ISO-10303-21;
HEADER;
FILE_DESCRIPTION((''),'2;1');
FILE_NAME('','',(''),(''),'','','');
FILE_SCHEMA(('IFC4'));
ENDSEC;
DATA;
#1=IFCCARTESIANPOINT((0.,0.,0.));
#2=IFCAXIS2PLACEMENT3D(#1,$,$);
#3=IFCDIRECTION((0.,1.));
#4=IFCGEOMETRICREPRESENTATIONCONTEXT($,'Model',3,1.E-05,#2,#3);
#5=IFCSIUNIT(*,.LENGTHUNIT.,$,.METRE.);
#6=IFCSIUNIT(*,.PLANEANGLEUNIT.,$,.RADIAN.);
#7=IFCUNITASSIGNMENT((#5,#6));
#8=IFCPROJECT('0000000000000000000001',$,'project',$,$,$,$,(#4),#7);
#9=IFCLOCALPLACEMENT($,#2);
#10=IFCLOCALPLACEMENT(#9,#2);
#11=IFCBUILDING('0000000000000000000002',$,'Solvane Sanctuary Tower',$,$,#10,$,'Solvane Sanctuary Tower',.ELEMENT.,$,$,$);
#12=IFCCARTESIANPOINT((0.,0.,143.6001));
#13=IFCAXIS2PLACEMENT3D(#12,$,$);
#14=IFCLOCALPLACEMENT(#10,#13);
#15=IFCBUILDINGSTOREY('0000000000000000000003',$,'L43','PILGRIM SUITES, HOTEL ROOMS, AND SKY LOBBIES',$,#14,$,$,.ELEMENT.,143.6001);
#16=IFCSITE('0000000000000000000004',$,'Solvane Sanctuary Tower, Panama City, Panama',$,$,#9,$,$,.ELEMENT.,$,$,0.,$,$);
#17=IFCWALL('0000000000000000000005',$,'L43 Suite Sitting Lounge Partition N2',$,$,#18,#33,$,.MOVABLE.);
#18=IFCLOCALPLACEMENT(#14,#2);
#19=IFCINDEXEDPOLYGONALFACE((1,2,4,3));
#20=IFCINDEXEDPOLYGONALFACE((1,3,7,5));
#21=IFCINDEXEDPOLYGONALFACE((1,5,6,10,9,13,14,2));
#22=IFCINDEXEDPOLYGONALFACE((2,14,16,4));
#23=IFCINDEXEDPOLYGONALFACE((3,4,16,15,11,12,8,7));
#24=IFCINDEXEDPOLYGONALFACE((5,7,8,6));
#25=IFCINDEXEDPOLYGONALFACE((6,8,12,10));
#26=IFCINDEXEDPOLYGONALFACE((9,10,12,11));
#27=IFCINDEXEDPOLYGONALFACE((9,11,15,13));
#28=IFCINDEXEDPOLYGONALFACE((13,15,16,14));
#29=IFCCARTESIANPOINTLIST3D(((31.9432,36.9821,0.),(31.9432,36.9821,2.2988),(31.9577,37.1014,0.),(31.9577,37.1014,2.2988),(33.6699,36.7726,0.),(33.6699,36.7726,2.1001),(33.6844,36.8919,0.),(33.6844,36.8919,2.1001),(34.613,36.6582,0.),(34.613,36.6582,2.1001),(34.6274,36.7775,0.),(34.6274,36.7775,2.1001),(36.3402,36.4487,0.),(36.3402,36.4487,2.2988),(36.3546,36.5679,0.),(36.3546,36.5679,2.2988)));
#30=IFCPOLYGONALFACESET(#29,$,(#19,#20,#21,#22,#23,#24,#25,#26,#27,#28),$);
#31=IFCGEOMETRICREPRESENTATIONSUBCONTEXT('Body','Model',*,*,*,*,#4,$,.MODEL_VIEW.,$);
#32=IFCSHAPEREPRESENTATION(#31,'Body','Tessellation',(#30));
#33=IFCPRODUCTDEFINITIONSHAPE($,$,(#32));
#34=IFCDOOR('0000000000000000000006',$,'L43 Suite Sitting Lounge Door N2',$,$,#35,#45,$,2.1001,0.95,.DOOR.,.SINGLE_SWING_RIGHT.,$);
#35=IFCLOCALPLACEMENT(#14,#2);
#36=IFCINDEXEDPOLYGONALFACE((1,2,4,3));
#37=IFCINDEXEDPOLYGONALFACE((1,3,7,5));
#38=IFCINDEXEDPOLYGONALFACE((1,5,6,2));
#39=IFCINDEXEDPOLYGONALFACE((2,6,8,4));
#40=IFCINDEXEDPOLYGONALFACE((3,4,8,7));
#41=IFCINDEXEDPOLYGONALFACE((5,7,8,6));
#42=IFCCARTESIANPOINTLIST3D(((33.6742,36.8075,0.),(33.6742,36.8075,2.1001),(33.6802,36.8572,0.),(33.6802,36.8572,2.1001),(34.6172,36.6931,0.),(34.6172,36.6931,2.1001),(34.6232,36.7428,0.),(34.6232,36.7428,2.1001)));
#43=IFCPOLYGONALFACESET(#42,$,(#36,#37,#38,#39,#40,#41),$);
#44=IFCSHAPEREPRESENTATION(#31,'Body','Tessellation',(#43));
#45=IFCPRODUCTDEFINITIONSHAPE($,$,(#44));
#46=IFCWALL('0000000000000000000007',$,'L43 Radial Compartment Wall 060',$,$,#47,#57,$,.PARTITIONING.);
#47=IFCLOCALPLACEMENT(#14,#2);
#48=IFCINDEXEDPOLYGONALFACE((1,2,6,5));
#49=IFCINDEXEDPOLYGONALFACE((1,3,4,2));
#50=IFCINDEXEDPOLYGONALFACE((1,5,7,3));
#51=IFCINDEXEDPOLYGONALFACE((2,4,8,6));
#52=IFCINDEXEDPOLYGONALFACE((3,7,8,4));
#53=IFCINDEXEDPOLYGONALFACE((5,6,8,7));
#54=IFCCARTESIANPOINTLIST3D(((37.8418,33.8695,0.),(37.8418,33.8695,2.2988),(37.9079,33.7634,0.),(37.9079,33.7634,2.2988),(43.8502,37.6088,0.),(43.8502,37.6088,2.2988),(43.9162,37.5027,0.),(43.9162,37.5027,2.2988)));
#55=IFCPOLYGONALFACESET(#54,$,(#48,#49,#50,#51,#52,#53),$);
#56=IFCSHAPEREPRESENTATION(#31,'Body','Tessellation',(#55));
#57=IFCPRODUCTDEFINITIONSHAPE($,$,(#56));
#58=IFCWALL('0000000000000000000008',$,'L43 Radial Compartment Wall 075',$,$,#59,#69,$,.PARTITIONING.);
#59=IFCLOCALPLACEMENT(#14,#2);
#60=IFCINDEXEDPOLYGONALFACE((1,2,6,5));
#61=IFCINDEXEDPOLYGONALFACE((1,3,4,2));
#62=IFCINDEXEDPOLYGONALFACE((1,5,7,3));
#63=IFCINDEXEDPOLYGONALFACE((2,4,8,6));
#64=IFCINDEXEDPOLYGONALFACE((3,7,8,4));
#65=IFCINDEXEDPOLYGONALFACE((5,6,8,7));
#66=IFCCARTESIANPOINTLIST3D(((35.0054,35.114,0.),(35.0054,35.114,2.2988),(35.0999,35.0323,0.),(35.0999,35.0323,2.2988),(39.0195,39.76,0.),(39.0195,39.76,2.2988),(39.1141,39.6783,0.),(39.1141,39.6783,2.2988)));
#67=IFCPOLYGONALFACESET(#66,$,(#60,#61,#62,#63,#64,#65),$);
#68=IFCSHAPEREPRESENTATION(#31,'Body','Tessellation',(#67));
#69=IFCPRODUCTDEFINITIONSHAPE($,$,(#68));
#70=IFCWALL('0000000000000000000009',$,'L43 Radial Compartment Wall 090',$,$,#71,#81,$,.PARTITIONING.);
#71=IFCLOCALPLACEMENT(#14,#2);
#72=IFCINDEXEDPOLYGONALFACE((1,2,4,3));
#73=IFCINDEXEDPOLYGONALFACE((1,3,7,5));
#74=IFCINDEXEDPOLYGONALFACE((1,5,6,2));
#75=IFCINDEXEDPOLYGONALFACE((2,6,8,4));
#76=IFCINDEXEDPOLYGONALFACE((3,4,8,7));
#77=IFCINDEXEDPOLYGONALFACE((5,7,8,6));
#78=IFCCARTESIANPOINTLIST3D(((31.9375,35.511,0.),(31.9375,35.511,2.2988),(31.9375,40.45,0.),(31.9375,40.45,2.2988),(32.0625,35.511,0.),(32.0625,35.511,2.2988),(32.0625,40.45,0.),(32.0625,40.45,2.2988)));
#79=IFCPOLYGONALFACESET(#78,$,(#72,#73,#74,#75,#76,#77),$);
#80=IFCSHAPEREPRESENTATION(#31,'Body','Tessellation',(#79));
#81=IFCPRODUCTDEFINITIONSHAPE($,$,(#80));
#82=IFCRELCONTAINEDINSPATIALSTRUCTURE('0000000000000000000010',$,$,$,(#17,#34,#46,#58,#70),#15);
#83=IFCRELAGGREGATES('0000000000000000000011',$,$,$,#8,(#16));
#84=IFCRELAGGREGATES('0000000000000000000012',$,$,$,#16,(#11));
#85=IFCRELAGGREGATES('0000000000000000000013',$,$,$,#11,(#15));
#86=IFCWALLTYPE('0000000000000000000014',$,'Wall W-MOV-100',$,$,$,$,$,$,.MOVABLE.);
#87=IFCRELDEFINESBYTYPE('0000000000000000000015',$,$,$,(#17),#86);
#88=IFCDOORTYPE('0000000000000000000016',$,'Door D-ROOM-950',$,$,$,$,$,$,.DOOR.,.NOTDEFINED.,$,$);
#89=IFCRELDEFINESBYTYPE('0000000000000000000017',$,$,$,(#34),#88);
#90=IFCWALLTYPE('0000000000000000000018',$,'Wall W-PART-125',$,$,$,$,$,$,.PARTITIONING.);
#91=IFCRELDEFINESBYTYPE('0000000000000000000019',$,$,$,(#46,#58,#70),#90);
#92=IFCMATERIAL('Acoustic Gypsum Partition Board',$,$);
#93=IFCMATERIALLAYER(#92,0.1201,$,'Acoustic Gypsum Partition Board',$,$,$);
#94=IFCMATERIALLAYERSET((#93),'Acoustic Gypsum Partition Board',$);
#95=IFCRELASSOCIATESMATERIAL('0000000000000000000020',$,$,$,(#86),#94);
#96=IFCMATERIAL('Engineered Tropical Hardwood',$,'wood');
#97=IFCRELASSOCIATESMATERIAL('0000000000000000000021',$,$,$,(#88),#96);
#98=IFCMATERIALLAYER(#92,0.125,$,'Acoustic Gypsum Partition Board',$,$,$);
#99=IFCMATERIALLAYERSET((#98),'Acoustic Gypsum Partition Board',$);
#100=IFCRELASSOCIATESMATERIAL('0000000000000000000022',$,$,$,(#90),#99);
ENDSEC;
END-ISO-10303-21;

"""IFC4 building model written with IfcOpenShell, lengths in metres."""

from ifc_helpers import new_model, si_unit, direction, frame, frame_2d, origin, place, context, subcontext, project, spatial, rectangle, extrude, material, layer, layer_set, type_object, element, fill, save


model = new_model("IFC4")

# Units and contexts
model_context = context("Model", 3, precision=1e-05, world=origin(), true_north=direction((0.0, 1.0)))
body_context = subcontext(model_context, "Body", "Model", "MODEL_VIEW")
ifc_project = project(units=[si_unit("LENGTHUNIT", "METRE"), si_unit("PLANEANGLEUNIT", "RADIAN")], contexts=[model_context])

# Site, building, storey
site_placement = place(None, origin())
site = spatial("IfcSite", under=ifc_project, at=site_placement, Name="Solvane Sanctuary Tower, Panama City, Panama", CompositionType="ELEMENT", RefElevation=0.0)
building_placement = place(site_placement, origin())
building = spatial("IfcBuilding", under=site, at=building_placement, Name="Solvane Sanctuary Tower", LongName="Solvane Sanctuary Tower", CompositionType="ELEMENT")
storey_placement = place(building_placement, frame((0.0, 0.0, 143.6001)))
storey = spatial("IfcBuildingStorey", under=building, at=storey_placement, Name="L43", Description="PILGRIM SUITES, HOTEL ROOMS, AND SKY LOBBIES", CompositionType="ELEMENT", Elevation=143.6001)

# Shared definitions
ifc_material_1 = material(Name="Acoustic Gypsum Partition Board")

# Shared definitions
ifc_material_2 = material(Name="Engineered Tropical Hardwood", Category="wood")

# Wall, opening, door
ifc_layer_1 = layer(ifc_material_1, 0.1201, Name="Acoustic Gypsum Partition Board")
ifc_layer_set_1 = layer_set([ifc_layer_1], Name="Acoustic Gypsum Partition Board")
wall_type_1 = type_object("IfcWallType", Name="Wall W-MOV-100", PredefinedType="MOVABLE", material=ifc_layer_set_1)
wall_1_placement = place(storey_placement, frame((36.3474, 36.5083, 0.0), z_axis=(0.0, 0.0, 1.0), x_axis=(-0.992721, 0.120438, 0.0)))
wall_1 = element("IfcWall", 1, at=wall_1_placement, inside=storey, type_object=wall_type_1, Name="L43 Suite Sitting Lounge Partition N2", PredefinedType="MOVABLE", context=body_context, shape_type="SweptSolid", body=[
    extrude(rectangle(XDim=4.4292, YDim=0.1201, at=frame_2d((2.2146, 0.0))), origin(), (0.0, 0.0, 1.0), 2.2988),
])
opening_1_placement = place(wall_1_placement, frame((1.7397, 0.0, 0.0)))
opening_1 = element("IfcOpeningElement", 2, at=opening_1_placement, cuts=wall_1, PredefinedType="OPENING", context=body_context, shape_type="SweptSolid", body=[
    extrude(rectangle(XDim=0.95, YDim=2.1001, at=frame_2d((0.4751, 1.05))), frame((0.0, 0.0701, 0.0), z_axis=(0.0, -1.0, 0.0), x_axis=(1.0, 0.0, 0.0)), (0.0, 0.0, 1.0), 0.1401),
])
door_type_1 = type_object("IfcDoorType", Name="Door D-ROOM-950", OperationType="NOTDEFINED", PredefinedType="DOOR", material=ifc_material_2)
door_1_placement = place(opening_1_placement, origin())
door_1 = element("IfcDoor", 3, at=door_1_placement, inside=storey, type_object=door_type_1, Name="L43 Suite Sitting Lounge Door N2", OperationType="SINGLE_SWING_RIGHT", OverallHeight=2.1001, OverallWidth=0.95, PredefinedType="DOOR", context=body_context, shape_type="SweptSolid", body=[
    extrude(rectangle(XDim=0.95, YDim=2.1001, at=frame_2d((0.4751, 1.05))), frame((0.0, 0.0249, 0.0), z_axis=(0.0, -1.0, 0.0), x_axis=(1.0, 0.0, 0.0)), (0.0, 0.0, 1.0), 0.05),
])
fill(opening_1, door_1)

# Walls
ifc_layer_2 = layer(ifc_material_1, 0.125, Name="Acoustic Gypsum Partition Board")
ifc_layer_set_2 = layer_set([ifc_layer_2], Name="Acoustic Gypsum Partition Board")
wall_type_2 = type_object("IfcWallType", Name="Wall W-PART-125", PredefinedType="PARTITIONING", material=ifc_layer_set_2)
wall_2_placement = place(storey_placement, frame((37.8748, 33.8164, 0.0), z_axis=(0.0, 0.0, 1.0), x_axis=(0.849008, 0.528379, 0.0)))
element("IfcWall", 4, at=wall_2_placement, inside=storey, type_object=wall_type_2, Name="L43 Radial Compartment Wall 060", PredefinedType="PARTITIONING", context=body_context, shape_type="SweptSolid", body=[
    extrude(rectangle(XDim=7.0769, YDim=0.125, at=frame_2d((3.5386, 0.0))), origin(), (0.0, 0.0, 1.0), 2.2988),
])
wall_3_placement = place(storey_placement, frame((35.0527, 35.0732, 0.0), z_axis=(0.0, 0.0, 1.0), x_axis=(0.653779, 0.756685, 0.0)))
element("IfcWall", 5, at=wall_3_placement, inside=storey, type_object=wall_type_2, Name="L43 Radial Compartment Wall 075", PredefinedType="PARTITIONING", context=body_context, shape_type="SweptSolid", body=[
    extrude(rectangle(XDim=6.1399, YDim=0.125, at=frame_2d((3.0698, 0.0))), origin(), (0.0, 0.0, 1.0), 2.2988),
])
wall_4_placement = place(storey_placement, frame((32.0, 35.511, 0.0), z_axis=(0.0, 0.0, 1.0), x_axis=(0.0, 1.0, 0.0)))
element("IfcWall", 6, at=wall_4_placement, inside=storey, type_object=wall_type_2, Name="L43 Radial Compartment Wall 090", PredefinedType="PARTITIONING", context=body_context, shape_type="SweptSolid", body=[
    extrude(rectangle(XDim=4.939, YDim=0.125, at=frame_2d((2.4695, 0.0))), origin(), (0.0, 0.0, 1.0), 2.2988),
])

save(model, "model.ifc")
